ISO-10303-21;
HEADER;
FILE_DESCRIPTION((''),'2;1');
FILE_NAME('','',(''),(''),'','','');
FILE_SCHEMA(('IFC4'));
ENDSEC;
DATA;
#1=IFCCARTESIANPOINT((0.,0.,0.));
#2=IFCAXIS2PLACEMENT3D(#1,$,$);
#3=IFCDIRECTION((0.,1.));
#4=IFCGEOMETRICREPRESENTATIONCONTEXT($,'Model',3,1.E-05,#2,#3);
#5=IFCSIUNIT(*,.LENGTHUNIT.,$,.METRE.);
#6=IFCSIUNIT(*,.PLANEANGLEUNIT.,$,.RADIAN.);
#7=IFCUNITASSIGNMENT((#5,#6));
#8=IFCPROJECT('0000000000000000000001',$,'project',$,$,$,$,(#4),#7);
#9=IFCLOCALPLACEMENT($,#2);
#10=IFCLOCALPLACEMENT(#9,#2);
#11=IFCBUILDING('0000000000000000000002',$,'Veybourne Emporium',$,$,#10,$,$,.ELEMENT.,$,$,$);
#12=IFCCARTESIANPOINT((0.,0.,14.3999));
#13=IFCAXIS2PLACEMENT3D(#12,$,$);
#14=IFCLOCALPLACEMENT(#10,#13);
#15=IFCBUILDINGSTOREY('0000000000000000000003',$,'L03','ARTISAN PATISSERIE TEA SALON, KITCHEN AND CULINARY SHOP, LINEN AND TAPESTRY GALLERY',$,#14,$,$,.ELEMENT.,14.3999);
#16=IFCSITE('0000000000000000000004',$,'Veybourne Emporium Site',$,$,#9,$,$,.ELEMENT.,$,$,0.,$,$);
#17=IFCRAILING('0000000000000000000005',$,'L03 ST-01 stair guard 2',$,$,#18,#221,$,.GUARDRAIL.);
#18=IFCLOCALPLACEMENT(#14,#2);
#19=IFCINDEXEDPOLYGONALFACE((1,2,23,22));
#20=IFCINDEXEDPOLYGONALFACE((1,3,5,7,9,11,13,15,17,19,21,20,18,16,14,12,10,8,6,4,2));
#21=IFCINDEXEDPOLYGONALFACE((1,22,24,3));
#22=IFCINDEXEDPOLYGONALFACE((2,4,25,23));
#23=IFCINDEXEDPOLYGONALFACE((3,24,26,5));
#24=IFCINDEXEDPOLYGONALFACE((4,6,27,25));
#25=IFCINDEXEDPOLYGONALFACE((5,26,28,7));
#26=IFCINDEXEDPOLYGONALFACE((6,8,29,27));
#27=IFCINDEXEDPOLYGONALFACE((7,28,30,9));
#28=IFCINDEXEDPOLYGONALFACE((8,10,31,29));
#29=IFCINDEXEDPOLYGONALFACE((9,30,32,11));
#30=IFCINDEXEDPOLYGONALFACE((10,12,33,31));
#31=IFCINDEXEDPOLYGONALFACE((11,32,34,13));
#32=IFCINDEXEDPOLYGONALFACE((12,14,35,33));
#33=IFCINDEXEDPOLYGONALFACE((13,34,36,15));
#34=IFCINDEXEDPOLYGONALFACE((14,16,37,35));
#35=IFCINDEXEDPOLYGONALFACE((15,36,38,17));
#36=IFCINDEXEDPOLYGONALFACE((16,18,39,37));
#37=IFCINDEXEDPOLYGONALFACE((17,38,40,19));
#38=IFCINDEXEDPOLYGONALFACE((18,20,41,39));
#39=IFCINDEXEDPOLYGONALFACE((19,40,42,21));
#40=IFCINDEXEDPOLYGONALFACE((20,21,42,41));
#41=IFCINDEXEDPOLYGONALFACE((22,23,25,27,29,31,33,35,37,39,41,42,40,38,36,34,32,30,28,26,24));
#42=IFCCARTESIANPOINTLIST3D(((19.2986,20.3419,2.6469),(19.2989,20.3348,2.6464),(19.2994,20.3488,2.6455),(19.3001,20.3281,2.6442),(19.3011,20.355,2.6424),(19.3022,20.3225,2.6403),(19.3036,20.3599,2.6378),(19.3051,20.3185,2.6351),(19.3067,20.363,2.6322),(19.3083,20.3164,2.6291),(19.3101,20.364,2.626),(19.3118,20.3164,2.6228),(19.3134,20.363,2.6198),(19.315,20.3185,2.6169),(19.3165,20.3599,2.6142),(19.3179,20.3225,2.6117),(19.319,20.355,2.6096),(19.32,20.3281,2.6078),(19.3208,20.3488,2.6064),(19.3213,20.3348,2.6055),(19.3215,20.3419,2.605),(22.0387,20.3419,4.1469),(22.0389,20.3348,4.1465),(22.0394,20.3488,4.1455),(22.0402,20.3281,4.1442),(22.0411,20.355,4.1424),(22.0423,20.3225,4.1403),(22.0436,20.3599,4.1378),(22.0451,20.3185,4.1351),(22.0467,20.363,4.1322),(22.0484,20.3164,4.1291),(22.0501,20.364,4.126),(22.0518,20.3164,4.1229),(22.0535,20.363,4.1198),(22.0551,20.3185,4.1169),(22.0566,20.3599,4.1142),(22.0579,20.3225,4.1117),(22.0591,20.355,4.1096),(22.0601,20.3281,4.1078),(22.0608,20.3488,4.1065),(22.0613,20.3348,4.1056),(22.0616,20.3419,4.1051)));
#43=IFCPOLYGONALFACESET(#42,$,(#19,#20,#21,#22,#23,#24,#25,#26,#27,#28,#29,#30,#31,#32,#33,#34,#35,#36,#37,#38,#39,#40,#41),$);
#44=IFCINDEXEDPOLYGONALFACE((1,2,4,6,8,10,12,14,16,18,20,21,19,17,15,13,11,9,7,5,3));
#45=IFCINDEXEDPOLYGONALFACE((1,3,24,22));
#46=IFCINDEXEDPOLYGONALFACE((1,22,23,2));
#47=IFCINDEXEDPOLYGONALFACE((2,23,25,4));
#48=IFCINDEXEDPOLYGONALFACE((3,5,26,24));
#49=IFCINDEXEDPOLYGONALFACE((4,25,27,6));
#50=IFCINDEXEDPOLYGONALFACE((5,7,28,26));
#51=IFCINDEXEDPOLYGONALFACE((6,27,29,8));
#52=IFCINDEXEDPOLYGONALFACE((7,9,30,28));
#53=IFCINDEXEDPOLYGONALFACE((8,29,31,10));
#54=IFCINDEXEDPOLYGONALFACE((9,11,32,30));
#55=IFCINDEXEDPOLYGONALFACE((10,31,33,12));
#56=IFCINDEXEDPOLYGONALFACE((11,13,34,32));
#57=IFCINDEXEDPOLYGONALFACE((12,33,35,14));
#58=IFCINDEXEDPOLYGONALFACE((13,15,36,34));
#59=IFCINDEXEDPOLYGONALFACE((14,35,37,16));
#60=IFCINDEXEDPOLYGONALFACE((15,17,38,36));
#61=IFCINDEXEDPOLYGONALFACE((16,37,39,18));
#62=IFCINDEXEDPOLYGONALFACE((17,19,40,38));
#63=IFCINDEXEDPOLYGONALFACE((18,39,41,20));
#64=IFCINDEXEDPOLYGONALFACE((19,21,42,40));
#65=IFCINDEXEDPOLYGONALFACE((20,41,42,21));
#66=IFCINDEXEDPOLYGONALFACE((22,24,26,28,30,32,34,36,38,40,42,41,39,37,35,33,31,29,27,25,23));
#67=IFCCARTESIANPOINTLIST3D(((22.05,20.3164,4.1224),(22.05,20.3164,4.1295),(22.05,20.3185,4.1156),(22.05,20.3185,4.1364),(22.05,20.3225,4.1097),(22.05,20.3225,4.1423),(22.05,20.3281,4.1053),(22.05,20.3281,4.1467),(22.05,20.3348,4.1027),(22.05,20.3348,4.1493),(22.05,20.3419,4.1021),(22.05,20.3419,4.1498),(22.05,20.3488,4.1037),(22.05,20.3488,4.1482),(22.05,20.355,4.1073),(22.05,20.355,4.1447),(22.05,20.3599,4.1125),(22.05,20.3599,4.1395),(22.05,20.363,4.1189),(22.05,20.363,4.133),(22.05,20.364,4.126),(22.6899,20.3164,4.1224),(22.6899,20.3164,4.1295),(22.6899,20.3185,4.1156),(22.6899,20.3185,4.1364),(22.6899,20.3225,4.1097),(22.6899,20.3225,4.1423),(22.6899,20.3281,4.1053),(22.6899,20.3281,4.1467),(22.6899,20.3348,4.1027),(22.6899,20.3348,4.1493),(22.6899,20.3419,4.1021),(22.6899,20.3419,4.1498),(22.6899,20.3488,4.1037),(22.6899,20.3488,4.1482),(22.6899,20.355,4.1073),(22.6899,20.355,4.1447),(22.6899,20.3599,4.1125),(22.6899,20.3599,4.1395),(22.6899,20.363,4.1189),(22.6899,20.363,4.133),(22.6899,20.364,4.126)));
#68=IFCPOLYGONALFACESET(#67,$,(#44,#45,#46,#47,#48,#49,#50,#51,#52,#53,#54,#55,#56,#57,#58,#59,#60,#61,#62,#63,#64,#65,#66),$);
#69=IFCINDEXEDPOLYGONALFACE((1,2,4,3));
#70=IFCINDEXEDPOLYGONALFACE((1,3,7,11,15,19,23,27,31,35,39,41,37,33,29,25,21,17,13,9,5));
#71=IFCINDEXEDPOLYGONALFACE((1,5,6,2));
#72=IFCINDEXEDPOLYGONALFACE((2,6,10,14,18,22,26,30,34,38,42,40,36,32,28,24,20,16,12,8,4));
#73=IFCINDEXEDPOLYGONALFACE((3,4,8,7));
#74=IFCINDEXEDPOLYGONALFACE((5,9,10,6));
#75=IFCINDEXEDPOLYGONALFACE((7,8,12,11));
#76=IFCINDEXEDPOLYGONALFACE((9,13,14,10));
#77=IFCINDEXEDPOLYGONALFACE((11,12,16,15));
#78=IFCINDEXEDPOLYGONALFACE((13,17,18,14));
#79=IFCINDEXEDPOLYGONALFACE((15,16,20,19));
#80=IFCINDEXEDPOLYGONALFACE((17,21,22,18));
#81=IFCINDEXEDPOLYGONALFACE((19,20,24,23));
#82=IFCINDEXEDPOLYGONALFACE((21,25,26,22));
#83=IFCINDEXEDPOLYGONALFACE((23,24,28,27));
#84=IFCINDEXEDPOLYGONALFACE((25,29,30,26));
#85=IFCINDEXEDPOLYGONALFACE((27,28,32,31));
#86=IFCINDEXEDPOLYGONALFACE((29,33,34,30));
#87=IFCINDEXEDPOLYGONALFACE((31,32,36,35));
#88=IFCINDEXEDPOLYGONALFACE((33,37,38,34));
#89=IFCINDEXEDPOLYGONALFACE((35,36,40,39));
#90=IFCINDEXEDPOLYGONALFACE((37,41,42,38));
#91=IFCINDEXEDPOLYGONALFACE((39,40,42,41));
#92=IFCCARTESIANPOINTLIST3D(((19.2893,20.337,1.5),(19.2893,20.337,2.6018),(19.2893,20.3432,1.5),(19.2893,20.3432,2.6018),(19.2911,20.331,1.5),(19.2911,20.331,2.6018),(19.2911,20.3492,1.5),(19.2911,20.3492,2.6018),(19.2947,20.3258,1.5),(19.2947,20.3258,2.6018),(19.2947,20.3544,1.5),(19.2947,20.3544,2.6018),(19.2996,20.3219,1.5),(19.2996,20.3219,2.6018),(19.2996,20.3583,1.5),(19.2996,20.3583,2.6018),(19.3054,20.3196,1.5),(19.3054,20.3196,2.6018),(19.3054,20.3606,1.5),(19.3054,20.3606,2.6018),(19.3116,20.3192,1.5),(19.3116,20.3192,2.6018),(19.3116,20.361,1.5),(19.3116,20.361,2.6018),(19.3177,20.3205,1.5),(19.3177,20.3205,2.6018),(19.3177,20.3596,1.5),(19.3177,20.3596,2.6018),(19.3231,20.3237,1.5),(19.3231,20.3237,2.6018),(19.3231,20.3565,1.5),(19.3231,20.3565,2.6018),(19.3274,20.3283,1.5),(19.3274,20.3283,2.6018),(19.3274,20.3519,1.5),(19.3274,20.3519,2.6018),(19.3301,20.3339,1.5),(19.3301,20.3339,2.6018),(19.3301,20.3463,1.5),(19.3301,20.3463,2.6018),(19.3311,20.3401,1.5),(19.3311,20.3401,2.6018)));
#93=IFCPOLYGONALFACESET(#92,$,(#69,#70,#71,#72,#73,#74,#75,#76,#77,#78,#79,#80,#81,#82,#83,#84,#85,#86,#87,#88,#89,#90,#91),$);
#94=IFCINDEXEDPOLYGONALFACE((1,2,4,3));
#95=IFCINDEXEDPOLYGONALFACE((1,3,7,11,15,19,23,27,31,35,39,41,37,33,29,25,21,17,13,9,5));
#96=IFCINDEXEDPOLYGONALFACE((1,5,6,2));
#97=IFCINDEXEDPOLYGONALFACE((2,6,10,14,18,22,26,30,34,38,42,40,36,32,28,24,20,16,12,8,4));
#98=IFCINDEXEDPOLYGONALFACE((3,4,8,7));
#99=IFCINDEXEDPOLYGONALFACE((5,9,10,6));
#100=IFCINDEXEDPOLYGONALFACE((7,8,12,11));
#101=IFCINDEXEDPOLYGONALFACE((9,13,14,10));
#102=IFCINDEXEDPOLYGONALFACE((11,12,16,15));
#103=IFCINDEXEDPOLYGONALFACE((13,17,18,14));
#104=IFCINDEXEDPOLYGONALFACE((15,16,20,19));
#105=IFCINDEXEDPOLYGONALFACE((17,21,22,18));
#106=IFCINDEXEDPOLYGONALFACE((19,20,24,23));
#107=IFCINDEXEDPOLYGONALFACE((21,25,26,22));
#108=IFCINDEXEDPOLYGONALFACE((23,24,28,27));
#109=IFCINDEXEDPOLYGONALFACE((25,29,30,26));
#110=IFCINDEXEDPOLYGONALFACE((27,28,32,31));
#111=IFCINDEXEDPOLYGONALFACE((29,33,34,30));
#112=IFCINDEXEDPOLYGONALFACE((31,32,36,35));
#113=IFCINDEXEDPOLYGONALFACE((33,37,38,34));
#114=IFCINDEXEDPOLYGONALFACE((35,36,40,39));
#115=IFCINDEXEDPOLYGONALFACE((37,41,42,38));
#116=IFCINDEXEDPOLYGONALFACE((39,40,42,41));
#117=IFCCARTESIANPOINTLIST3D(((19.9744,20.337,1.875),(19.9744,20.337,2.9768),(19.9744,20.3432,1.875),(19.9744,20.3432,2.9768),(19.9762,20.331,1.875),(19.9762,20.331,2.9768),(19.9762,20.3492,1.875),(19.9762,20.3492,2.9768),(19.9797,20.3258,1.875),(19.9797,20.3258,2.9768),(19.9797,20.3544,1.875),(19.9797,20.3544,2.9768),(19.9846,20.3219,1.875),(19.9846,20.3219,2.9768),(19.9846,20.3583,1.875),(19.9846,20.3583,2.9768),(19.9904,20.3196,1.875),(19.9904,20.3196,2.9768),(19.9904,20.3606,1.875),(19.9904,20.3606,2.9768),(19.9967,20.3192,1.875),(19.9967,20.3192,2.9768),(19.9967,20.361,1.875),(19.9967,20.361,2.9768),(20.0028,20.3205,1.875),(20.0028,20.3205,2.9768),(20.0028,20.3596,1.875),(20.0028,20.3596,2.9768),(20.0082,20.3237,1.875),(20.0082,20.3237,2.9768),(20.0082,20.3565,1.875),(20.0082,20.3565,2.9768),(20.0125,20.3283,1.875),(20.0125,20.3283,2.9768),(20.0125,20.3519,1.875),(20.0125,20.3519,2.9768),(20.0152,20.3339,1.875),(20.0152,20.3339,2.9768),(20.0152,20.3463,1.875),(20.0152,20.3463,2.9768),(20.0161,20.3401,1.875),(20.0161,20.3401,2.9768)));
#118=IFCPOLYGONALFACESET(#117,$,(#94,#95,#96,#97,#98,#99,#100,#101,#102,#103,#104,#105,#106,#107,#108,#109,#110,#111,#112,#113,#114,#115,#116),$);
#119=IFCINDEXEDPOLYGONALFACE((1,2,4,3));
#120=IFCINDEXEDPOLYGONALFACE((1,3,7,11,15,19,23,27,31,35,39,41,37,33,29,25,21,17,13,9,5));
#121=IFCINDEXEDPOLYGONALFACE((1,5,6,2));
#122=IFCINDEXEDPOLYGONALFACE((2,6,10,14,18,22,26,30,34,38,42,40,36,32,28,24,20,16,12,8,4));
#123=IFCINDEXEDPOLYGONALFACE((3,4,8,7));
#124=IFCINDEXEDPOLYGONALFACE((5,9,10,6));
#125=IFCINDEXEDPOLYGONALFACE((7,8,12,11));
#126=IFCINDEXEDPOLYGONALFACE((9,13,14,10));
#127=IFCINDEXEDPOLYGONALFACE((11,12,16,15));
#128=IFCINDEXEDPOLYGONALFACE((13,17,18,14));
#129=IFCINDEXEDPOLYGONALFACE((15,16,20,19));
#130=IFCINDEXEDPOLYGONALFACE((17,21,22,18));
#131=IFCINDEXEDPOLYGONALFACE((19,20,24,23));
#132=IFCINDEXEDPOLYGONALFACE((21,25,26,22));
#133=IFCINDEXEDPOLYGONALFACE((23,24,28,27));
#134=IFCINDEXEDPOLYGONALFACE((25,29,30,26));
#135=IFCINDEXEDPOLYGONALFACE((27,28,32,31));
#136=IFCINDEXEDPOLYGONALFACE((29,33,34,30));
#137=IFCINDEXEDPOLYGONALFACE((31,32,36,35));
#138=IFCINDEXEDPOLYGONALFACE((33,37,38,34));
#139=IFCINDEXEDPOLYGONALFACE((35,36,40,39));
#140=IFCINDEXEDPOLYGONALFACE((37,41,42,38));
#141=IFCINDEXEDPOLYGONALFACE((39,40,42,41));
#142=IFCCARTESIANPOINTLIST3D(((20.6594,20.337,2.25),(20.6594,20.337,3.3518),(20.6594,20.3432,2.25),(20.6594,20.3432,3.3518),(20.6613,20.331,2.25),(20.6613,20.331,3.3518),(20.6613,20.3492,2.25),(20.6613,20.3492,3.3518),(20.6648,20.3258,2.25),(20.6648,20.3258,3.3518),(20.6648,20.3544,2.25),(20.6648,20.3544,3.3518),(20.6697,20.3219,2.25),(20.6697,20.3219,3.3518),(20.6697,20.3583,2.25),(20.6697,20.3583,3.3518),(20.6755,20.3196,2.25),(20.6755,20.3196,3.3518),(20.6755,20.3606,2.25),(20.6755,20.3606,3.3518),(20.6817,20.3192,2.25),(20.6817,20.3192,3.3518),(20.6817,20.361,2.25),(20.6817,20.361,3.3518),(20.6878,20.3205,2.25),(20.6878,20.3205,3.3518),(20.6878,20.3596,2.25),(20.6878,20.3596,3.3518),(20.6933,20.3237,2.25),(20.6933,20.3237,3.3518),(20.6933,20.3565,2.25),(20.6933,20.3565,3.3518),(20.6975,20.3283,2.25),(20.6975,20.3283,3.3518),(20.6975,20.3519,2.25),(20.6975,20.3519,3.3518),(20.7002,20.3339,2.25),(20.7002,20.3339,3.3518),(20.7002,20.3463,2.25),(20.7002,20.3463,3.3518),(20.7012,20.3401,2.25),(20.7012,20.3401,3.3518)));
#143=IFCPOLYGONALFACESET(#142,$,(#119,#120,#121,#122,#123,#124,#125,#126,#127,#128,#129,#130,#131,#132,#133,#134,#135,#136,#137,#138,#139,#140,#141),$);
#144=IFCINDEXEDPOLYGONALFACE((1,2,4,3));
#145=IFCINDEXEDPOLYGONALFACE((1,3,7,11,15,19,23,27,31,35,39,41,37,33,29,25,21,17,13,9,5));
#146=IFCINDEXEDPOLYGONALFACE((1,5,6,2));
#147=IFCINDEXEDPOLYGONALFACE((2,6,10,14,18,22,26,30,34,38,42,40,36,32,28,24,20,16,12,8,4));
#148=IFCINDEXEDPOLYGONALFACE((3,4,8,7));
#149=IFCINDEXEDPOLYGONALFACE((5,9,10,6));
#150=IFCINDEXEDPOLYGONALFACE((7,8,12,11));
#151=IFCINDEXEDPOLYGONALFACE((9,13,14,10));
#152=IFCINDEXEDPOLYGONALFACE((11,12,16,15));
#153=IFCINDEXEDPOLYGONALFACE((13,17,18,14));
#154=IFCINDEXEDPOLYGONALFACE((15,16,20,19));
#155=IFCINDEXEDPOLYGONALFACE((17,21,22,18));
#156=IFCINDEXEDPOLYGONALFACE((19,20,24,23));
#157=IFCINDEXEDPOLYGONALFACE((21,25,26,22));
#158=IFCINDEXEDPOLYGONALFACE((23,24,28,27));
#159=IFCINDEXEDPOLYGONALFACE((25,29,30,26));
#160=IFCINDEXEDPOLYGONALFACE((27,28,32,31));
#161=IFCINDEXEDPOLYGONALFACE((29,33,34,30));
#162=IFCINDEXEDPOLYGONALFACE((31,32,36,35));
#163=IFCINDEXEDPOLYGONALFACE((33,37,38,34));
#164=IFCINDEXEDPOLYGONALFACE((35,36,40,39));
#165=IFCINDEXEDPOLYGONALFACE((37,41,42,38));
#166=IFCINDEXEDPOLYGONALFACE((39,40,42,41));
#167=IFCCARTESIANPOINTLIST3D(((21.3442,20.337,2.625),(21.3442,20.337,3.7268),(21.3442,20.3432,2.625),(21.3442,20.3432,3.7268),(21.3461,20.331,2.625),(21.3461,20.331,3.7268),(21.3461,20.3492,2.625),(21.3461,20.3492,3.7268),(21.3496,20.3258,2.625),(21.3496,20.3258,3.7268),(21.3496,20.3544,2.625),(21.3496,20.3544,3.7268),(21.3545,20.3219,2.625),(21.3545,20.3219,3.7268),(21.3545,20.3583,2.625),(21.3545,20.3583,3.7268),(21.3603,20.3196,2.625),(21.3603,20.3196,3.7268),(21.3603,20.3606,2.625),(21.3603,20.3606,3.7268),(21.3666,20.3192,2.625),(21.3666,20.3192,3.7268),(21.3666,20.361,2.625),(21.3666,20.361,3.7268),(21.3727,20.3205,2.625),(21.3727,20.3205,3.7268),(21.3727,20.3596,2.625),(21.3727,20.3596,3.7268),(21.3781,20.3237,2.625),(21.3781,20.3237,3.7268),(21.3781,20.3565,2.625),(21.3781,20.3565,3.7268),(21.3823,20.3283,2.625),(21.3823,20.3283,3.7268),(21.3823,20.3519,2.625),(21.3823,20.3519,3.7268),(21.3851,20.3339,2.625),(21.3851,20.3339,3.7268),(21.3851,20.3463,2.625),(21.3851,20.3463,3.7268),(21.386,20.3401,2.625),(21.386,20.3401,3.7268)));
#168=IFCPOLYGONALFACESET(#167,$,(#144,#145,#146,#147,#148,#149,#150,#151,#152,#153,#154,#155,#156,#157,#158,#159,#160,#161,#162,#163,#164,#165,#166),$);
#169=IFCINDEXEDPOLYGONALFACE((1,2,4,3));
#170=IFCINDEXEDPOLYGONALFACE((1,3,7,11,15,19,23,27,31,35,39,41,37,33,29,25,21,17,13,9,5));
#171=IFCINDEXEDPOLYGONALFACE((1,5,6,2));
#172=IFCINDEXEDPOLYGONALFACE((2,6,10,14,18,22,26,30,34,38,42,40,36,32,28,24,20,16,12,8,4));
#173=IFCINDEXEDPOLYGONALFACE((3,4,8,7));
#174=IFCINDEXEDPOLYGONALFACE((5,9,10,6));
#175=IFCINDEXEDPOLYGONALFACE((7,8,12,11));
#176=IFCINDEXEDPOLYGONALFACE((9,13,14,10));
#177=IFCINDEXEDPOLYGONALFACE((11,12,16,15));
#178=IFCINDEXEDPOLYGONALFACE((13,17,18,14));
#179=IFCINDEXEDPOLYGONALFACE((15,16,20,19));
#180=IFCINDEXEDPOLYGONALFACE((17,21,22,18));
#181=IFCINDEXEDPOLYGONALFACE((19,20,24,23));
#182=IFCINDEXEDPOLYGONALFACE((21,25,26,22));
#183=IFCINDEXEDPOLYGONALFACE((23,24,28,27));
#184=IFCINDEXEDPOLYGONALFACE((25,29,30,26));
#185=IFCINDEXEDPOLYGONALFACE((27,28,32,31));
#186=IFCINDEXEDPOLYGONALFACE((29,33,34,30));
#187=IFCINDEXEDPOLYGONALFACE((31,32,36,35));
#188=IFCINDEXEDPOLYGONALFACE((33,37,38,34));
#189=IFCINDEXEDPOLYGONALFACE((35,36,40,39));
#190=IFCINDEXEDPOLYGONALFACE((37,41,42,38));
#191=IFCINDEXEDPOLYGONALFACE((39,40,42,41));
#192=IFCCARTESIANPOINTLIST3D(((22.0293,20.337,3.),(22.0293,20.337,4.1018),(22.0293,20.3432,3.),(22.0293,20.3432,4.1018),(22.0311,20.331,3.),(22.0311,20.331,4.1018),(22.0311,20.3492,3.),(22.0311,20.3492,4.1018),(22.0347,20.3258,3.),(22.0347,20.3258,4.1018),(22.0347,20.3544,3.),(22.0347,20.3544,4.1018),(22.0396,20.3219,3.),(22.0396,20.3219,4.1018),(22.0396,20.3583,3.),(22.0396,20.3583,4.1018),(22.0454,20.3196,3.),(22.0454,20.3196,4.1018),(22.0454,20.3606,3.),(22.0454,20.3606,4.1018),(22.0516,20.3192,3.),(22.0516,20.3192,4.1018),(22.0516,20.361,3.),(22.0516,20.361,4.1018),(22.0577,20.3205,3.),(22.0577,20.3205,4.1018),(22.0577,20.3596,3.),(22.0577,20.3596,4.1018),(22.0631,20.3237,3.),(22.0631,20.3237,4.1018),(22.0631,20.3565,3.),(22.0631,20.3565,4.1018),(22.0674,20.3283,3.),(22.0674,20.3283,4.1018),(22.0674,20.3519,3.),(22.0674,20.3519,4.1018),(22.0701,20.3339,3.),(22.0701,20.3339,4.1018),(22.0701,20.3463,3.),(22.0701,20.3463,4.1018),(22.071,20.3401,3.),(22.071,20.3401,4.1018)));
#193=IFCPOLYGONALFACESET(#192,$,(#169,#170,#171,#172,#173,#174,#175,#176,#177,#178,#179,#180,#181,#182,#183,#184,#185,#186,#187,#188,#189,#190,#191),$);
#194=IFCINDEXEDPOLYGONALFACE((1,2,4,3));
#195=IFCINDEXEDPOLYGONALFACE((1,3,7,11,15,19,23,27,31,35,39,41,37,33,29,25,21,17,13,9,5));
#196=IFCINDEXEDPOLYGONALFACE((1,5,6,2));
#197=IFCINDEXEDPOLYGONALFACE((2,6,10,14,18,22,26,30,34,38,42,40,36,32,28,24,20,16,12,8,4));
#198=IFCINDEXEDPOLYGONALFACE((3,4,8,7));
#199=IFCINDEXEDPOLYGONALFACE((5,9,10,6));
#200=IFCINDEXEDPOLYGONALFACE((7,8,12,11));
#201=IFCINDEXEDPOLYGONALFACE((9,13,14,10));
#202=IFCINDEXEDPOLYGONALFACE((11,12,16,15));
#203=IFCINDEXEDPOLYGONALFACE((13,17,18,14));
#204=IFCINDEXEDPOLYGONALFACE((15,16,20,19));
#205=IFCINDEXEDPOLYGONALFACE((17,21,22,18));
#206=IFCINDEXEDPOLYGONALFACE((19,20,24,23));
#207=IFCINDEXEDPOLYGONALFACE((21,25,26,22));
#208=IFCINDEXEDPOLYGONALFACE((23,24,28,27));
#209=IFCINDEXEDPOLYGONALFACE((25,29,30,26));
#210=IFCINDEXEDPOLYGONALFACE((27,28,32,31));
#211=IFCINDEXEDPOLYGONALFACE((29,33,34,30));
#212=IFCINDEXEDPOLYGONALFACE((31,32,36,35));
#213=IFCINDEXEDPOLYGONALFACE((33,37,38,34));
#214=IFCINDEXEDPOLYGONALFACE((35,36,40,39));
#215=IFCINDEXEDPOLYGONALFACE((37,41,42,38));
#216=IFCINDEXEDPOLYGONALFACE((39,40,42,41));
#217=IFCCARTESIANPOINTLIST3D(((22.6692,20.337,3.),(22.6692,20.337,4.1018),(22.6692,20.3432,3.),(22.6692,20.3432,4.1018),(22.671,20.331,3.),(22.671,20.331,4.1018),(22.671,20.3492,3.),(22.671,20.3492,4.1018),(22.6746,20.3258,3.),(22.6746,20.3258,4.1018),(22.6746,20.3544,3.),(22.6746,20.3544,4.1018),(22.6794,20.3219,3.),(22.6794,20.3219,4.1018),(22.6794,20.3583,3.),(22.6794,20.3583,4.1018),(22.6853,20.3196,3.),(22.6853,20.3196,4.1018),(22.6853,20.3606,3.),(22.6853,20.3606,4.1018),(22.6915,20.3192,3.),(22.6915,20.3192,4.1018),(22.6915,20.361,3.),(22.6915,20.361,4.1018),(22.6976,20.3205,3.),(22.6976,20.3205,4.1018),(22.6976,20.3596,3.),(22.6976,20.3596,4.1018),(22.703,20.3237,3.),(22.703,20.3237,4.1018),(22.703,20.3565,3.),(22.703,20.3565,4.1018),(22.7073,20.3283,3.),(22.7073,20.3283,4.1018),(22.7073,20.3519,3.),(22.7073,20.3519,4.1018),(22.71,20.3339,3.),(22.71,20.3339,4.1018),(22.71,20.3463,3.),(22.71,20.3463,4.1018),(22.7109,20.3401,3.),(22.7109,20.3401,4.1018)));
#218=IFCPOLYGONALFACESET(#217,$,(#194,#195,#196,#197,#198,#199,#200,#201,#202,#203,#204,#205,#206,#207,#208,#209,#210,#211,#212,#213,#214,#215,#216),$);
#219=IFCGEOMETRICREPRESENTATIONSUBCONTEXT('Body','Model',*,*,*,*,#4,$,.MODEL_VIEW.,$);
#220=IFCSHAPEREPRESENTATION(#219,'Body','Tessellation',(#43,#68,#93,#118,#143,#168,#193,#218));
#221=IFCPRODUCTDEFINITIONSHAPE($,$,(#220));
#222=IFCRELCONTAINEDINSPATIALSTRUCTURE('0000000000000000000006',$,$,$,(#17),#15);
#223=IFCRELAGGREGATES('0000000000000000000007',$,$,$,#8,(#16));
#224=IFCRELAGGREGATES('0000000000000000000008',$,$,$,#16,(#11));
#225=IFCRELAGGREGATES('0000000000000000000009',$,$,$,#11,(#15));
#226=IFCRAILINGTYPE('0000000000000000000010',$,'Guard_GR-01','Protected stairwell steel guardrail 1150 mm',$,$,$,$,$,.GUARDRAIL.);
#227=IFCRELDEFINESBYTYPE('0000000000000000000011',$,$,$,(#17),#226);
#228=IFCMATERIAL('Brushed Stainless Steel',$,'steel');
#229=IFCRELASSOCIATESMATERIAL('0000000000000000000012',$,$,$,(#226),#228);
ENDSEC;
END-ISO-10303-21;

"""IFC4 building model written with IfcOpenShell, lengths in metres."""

from ifc_helpers import new_model, si_unit, direction, frame, origin, origin_2d, place, context, subcontext, project, spatial, circle, extrude, material, type_object, element, save


model = new_model("IFC4")

# Units and contexts
model_context = context("Model", 3, precision=1e-05, world=origin(), true_north=direction((0.0, 1.0)))
body_context = subcontext(model_context, "Body", "Model", "MODEL_VIEW")
ifc_project = project(units=[si_unit("LENGTHUNIT", "METRE"), si_unit("PLANEANGLEUNIT", "RADIAN")], contexts=[model_context])

# Site, building, storey
site_placement = place(None, origin())
site = spatial("IfcSite", under=ifc_project, at=site_placement, Name="Veybourne Emporium Site", CompositionType="ELEMENT", RefElevation=0.0)
building_placement = place(site_placement, origin())
building = spatial("IfcBuilding", under=site, at=building_placement, Name="Veybourne Emporium", CompositionType="ELEMENT")
storey_placement = place(building_placement, frame((0.0, 0.0, 14.3999)))
storey = spatial("IfcBuildingStorey", under=building, at=storey_placement, Name="L03", Description="ARTISAN PATISSERIE TEA SALON, KITCHEN AND CULINARY SHOP, LINEN AND TAPESTRY GALLERY", CompositionType="ELEMENT", Elevation=14.3999)

# Railing
ifc_material_1 = material(Name="Brushed Stainless Steel", Category="steel")
railing_type_1 = type_object("IfcRailingType", Name="Guard_GR-01", Description="Protected stairwell steel guardrail 1150 mm", PredefinedType="GUARDRAIL", material=ifc_material_1)
railing_1_placement = place(storey_placement, frame((19.3101, 20.3401, 1.5)))
element("IfcRailing", 1, at=railing_1_placement, inside=storey, type_object=railing_type_1, Name="L03 ST-01 stair guard 2", PredefinedType="GUARDRAIL", context=body_context, shape_type="SweptSolid", body=[
    extrude(circle(Radius=0.0239, at=origin_2d()), frame((0.0, 0.0, 1.126), z_axis=(0.87716, 0.0, 0.480199), x_axis=(0.0, 1.0, 0.0)), (0.0, 0.0, 1.0), 3.1238),
    extrude(circle(Radius=0.0239, at=origin_2d()), frame((2.74, 0.0, 2.626), z_axis=(1.0, 0.0, 0.0), x_axis=(0.0, 1.0, 0.0)), (0.0, 0.0, 1.0), 0.6399),
    extrude(circle(Radius=0.021, at=origin_2d()), origin(), (0.0, 0.0, 1.0), 1.1018),
    extrude(circle(Radius=0.021, at=origin_2d()), frame((0.6851, 0.0, 0.375)), (0.0, 0.0, 1.0), 1.1018),
    extrude(circle(Radius=0.021, at=origin_2d()), frame((1.3701, 0.0, 0.75)), (0.0, 0.0, 1.0), 1.1018),
    extrude(circle(Radius=0.021, at=origin_2d()), frame((2.0549, 0.0, 1.125)), (0.0, 0.0, 1.0), 1.1018),
    extrude(circle(Radius=0.021, at=origin_2d()), frame((2.74, 0.0, 1.5)), (0.0, 0.0, 1.0), 1.1018),
    extrude(circle(Radius=0.021, at=origin_2d()), frame((3.3799, 0.0, 1.5)), (0.0, 0.0, 1.0), 1.1018),
])

save(model, "model.ifc")
